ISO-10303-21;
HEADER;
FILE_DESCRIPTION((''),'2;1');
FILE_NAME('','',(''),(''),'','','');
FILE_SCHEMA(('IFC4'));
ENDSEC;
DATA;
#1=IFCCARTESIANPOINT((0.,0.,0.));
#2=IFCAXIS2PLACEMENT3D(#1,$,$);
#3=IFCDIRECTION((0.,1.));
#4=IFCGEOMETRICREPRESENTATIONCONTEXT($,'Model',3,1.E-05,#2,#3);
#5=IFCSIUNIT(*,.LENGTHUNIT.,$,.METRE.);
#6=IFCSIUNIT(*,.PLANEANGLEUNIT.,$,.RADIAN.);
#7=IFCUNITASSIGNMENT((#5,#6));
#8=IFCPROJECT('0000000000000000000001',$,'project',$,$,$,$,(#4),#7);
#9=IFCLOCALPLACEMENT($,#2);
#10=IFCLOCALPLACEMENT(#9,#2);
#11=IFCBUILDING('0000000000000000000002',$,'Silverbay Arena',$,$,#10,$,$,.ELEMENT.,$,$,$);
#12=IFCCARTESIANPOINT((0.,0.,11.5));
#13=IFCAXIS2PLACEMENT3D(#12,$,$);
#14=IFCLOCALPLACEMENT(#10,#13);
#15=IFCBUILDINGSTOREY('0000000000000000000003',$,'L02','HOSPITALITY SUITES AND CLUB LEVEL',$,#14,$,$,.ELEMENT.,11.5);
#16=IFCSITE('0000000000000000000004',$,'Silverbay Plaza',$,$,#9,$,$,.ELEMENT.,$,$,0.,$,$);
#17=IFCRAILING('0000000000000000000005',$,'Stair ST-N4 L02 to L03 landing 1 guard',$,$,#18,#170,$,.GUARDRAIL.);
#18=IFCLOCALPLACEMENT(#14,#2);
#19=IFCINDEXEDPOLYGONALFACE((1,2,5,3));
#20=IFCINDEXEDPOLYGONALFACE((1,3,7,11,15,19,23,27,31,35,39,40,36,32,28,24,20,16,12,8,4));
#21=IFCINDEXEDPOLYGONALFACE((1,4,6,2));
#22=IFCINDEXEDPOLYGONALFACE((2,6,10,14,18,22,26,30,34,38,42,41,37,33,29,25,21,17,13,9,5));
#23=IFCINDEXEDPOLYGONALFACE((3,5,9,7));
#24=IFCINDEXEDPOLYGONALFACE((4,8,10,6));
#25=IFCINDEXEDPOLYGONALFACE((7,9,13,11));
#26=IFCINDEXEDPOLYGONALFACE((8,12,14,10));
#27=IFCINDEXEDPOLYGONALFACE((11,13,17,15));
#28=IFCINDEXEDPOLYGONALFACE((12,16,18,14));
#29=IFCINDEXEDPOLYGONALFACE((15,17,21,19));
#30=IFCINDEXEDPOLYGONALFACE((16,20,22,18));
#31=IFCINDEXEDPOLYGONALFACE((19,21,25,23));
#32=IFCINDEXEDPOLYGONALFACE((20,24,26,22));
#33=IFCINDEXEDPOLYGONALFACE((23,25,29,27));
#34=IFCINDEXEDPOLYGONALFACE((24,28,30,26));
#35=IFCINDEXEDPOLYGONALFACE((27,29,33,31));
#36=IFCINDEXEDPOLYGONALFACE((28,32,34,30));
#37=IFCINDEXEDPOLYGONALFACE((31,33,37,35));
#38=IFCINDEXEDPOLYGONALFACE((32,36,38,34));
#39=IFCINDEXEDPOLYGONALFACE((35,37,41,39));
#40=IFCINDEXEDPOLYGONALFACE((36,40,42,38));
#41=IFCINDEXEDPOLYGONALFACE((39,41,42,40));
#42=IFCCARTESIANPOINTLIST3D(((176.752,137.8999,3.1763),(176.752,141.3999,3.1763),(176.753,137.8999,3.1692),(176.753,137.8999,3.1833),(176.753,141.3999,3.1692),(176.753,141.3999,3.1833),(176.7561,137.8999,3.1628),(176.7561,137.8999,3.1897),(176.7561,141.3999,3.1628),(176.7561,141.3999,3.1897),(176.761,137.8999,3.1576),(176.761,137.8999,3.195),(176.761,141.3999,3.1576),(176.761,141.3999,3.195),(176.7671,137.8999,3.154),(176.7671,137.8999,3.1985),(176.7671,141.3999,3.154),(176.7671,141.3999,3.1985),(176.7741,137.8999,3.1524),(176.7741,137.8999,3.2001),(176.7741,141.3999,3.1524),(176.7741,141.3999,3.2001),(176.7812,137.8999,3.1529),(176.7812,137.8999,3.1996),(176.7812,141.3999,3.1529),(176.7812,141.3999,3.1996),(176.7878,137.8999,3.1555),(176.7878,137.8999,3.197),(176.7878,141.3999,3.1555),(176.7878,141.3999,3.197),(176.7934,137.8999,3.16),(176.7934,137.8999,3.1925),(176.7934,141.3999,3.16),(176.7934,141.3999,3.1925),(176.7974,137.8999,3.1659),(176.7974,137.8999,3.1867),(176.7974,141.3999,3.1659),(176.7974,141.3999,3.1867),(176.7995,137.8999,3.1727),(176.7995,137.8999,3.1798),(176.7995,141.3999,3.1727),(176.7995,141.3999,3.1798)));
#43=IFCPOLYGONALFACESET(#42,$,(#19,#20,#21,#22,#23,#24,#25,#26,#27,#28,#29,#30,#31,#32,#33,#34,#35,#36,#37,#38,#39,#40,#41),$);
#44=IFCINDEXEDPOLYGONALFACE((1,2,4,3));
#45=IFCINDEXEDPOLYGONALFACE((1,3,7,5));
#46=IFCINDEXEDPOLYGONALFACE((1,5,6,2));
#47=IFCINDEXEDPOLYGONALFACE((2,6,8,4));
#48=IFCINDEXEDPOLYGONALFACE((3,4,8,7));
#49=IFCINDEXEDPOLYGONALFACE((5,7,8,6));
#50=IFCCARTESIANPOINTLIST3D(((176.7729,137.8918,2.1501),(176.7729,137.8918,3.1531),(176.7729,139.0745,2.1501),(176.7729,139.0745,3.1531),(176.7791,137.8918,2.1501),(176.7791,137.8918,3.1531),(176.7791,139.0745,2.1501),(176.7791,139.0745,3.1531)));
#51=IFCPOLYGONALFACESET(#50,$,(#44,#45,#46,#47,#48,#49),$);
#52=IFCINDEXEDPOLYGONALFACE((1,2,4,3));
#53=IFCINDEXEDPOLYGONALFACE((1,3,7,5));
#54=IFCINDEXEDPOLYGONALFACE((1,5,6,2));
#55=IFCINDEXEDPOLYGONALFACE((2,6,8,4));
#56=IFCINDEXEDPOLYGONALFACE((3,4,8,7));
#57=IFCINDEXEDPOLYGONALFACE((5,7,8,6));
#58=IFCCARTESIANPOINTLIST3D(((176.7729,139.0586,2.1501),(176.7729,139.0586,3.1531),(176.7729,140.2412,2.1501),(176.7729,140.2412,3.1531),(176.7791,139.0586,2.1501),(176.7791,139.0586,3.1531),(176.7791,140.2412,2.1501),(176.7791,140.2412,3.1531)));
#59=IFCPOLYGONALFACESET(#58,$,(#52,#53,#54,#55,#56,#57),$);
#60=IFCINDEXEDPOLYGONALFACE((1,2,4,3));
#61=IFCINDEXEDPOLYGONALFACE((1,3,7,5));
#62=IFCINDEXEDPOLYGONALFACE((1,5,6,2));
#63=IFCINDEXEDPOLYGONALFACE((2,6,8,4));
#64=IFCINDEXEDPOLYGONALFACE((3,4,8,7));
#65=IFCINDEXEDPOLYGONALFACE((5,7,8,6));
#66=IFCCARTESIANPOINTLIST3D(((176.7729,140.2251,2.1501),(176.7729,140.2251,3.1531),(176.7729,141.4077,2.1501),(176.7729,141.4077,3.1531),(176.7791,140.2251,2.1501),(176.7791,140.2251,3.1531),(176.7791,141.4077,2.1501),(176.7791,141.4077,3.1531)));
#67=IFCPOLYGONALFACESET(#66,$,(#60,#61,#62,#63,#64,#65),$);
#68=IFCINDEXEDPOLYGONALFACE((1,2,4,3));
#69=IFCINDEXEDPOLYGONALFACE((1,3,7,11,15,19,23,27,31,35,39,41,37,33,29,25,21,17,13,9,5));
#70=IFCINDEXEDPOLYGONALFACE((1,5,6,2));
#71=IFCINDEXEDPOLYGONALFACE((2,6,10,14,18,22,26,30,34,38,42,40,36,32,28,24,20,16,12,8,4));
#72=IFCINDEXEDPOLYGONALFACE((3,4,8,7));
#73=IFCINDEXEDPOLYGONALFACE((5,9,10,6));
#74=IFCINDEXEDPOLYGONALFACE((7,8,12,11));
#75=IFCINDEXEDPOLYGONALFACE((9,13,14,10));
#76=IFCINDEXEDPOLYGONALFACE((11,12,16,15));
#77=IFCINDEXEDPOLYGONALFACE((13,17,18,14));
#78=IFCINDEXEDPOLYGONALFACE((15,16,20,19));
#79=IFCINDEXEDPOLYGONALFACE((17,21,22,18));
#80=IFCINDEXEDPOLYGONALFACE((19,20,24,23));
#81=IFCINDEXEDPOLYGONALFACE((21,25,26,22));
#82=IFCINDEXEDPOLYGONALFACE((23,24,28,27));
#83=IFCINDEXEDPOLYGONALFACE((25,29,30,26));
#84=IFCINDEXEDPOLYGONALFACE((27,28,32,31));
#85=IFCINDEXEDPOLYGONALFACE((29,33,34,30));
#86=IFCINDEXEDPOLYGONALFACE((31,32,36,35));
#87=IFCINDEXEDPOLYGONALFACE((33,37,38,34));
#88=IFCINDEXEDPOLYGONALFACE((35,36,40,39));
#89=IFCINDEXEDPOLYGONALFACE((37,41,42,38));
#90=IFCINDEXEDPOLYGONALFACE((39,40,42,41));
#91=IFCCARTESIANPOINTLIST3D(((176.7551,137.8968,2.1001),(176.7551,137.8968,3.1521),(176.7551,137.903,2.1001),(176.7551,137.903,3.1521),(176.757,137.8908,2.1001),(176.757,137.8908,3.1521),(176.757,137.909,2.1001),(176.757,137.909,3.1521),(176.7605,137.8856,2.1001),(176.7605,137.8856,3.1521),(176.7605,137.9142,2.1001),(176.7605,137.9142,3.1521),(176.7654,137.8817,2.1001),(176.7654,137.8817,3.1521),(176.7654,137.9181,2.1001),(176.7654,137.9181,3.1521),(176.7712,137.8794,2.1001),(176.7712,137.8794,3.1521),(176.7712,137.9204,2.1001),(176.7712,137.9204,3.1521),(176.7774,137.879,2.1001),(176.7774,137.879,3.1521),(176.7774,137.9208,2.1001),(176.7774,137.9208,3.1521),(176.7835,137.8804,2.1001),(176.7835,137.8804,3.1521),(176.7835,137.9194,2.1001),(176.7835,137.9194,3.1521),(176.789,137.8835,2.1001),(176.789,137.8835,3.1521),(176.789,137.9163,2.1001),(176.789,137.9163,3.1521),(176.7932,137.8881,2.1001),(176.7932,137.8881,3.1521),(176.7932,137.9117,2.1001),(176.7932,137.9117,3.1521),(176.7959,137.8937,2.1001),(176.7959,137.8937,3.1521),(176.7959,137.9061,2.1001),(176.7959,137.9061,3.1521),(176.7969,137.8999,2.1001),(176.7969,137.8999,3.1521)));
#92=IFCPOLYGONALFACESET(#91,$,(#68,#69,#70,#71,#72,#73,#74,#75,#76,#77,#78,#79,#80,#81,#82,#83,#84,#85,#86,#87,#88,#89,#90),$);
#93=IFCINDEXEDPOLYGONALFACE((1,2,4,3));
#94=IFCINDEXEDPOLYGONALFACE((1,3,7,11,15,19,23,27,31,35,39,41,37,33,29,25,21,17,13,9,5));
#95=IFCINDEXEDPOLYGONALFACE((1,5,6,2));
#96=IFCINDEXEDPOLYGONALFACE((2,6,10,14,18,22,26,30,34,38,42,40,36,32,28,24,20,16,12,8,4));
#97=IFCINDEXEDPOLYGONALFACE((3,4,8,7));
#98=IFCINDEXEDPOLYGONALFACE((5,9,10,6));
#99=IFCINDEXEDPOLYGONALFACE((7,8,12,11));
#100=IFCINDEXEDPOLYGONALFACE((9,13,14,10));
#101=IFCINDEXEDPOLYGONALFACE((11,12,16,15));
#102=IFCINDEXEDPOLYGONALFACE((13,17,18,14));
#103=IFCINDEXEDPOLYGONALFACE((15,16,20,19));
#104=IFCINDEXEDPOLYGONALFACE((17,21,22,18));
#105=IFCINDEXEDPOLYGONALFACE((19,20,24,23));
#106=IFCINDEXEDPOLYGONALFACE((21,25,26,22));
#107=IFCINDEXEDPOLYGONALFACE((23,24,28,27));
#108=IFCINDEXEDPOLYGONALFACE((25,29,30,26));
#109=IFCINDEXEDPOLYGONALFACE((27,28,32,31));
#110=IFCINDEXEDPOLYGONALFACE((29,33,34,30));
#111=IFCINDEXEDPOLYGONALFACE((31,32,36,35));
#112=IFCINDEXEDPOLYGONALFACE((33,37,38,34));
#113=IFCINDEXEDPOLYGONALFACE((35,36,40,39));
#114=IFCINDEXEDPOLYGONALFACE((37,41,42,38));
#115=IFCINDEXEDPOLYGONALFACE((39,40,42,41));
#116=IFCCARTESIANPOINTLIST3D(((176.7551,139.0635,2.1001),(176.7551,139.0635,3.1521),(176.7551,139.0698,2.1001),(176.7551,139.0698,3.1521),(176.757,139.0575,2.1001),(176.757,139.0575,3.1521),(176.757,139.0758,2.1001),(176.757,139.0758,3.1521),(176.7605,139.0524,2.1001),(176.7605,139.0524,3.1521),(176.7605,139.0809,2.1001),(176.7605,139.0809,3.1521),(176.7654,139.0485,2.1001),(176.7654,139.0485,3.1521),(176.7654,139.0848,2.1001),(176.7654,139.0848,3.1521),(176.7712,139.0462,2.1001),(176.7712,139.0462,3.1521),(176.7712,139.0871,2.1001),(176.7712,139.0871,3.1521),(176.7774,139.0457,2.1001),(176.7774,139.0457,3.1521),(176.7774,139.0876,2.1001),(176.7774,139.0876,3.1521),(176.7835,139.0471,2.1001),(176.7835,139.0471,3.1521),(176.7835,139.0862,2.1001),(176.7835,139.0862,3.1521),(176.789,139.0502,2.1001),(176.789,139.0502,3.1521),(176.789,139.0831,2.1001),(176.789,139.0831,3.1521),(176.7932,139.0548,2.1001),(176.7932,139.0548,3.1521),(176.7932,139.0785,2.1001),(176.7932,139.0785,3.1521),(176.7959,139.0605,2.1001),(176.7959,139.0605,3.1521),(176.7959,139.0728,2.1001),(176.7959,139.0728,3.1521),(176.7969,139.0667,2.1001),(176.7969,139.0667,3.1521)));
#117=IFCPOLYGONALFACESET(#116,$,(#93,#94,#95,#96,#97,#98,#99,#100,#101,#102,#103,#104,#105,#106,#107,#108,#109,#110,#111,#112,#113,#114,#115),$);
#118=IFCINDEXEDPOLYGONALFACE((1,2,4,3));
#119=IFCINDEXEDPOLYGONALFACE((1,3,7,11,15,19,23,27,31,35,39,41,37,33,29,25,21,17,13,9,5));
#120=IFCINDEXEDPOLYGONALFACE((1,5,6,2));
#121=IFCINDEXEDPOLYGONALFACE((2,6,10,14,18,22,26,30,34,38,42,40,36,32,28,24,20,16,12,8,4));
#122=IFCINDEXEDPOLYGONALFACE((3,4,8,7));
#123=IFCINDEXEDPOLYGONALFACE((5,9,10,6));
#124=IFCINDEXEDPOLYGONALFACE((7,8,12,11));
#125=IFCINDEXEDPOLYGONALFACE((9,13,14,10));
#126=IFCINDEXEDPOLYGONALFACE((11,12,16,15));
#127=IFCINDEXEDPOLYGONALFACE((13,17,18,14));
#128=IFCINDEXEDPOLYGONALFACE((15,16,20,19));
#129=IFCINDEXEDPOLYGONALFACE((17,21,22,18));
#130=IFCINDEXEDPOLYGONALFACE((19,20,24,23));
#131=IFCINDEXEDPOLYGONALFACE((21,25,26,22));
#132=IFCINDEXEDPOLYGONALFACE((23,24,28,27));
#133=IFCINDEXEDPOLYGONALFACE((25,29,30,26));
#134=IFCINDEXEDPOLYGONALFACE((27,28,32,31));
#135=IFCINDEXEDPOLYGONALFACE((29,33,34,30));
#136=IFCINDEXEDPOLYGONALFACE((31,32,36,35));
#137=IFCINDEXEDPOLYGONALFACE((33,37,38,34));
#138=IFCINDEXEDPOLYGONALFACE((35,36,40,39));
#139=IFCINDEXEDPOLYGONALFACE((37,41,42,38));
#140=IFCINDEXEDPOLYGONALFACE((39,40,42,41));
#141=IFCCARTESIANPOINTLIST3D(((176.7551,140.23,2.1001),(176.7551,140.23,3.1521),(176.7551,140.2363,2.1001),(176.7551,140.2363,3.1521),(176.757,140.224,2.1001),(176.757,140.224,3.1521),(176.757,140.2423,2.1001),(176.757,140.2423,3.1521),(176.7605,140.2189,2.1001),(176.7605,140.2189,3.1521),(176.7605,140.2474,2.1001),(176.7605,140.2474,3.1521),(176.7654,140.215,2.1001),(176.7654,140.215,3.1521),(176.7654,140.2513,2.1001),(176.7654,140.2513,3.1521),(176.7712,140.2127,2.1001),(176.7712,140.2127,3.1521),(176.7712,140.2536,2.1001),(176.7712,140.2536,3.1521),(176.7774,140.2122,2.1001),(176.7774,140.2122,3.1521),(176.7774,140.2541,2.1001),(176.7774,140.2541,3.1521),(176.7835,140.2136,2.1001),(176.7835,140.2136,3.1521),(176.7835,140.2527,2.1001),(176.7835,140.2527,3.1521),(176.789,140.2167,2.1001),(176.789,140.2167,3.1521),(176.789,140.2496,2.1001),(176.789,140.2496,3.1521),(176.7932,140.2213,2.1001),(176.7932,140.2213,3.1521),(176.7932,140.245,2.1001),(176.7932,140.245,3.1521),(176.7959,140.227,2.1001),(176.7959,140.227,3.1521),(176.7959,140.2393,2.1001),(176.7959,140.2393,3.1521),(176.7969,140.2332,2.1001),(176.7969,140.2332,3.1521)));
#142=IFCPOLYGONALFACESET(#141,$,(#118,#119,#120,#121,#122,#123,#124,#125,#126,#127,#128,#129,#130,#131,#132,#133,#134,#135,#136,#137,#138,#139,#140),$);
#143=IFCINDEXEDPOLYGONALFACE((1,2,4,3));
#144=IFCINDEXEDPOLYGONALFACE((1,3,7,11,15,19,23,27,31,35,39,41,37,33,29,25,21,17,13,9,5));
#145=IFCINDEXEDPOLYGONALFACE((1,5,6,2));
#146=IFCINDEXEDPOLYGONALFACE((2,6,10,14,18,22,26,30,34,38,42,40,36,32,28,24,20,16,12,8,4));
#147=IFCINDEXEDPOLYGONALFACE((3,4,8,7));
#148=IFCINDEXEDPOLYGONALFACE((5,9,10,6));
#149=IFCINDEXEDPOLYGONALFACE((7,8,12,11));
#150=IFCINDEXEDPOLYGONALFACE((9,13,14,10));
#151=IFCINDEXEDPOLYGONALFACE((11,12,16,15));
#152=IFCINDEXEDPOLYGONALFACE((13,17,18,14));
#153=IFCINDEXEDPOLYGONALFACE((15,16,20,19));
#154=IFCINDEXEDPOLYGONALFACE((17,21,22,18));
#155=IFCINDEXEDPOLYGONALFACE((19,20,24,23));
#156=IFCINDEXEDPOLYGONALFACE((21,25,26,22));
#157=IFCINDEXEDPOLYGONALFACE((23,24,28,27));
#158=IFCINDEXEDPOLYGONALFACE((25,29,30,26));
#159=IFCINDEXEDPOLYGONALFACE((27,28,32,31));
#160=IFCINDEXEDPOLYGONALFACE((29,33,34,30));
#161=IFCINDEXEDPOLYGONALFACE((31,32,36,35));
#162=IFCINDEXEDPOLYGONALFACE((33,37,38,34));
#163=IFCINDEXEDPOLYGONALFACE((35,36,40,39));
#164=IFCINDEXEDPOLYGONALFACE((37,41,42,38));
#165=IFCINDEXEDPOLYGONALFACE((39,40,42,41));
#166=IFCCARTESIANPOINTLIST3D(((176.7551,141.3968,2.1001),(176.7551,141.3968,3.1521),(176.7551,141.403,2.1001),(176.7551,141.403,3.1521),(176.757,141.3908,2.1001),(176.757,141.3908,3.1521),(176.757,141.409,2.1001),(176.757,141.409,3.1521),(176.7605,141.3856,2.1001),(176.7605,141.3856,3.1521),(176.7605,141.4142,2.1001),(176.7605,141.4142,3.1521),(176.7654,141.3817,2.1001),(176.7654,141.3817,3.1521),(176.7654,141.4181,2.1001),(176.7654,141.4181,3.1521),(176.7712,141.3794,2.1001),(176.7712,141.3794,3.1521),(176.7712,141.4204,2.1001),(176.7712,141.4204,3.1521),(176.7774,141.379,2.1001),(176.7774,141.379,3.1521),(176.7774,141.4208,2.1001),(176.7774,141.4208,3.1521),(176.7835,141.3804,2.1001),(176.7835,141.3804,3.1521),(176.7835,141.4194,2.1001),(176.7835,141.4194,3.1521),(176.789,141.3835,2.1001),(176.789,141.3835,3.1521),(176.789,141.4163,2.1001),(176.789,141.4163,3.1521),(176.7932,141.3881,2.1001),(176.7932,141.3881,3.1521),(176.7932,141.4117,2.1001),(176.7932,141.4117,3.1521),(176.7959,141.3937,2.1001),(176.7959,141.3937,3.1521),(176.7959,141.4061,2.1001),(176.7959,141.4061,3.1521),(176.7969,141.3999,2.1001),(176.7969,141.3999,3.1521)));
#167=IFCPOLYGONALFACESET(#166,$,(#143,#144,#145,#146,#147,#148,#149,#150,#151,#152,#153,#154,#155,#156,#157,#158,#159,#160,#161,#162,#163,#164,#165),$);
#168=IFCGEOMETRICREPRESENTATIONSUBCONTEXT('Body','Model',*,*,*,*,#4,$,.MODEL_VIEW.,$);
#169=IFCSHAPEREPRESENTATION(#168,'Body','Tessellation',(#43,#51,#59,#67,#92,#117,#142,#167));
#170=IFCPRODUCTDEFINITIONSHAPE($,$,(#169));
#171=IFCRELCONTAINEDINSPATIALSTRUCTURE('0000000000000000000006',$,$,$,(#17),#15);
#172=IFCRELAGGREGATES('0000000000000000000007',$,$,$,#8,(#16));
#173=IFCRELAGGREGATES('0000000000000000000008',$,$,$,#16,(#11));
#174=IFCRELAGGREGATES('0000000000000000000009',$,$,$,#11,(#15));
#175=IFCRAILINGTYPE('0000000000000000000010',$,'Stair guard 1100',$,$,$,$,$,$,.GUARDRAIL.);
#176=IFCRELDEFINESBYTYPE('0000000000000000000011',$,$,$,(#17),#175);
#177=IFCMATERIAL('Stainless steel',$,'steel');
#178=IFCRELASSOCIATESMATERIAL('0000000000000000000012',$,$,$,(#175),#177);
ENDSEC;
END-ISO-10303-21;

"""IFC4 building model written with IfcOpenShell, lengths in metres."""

from ifc_helpers import new_model, si_unit, direction, frame, origin, origin_2d, place, context, subcontext, project, spatial, polyline, circle, outline, extrude, material, type_object, element, save


model = new_model("IFC4")

# Units and contexts
model_context = context("Model", 3, precision=1e-05, world=origin(), true_north=direction((0.0, 1.0)))
body_context = subcontext(model_context, "Body", "Model", "MODEL_VIEW")
ifc_project = project(units=[si_unit("LENGTHUNIT", "METRE"), si_unit("PLANEANGLEUNIT", "RADIAN")], contexts=[model_context])

# Site, building, storey
site_placement = place(None, origin())
site = spatial("IfcSite", under=ifc_project, at=site_placement, Name="Silverbay Plaza", CompositionType="ELEMENT", RefElevation=0.0)
building_placement = place(site_placement, origin())
building = spatial("IfcBuilding", under=site, at=building_placement, Name="Silverbay Arena", CompositionType="ELEMENT")
storey_placement = place(building_placement, frame((0.0, 0.0, 11.5)))
storey = spatial("IfcBuildingStorey", under=building, at=storey_placement, Name="L02", Description="HOSPITALITY SUITES AND CLUB LEVEL", CompositionType="ELEMENT", Elevation=11.5)

# Railing
ifc_material_1 = material(Name="Stainless steel", Category="steel")
railing_type_1 = type_object("IfcRailingType", Name="Stair guard 1100", PredefinedType="GUARDRAIL", material=ifc_material_1)
for number, where, name in (
    (1, (176.7759, 137.8999, 2.1001), "Stair ST-N4 L02 to L03 landing 1 guard"),
):
    element("IfcRailing", number, at=place(storey_placement, frame(where)), inside=storey, type_object=railing_type_1, Name=name, PredefinedType="GUARDRAIL", context=body_context, shape_type="SweptSolid", body=[
        extrude(circle(Radius=0.0239, at=origin_2d()), frame((0.0, 0.0, 1.0762), z_axis=(0.0, 1.0, 0.0), x_axis=(-1.0, 0.0, 0.0)), (0.0, 0.0, 1.0), 3.5),
        extrude(outline(polyline([(-0.0081, 0.05), (1.1746, 0.05), (1.1746, 1.053), (-0.0081, 1.053), (-0.0081, 0.05)])), frame((-0.0029, 0.0, 0.0), z_axis=(1.0, 0.0, 0.0), x_axis=(0.0, 1.0, 0.0)), (0.0, 0.0, 1.0), 0.0061),
        extrude(outline(polyline([(-0.0081, 0.05), (1.1746, 0.05), (1.1746, 1.053), (-0.0081, 1.053), (-0.0081, 0.05)])), frame((-0.0029, 1.1667, 0.0), z_axis=(1.0, 0.0, 0.0), x_axis=(0.0, 1.0, 0.0)), (0.0, 0.0, 1.0), 0.0061),
        extrude(outline(polyline([(-0.0081, 0.05), (1.1746, 0.05), (1.1746, 1.053), (-0.0081, 1.053), (-0.0081, 0.05)])), frame((-0.0029, 2.3333, 0.0), z_axis=(1.0, 0.0, 0.0), x_axis=(0.0, 1.0, 0.0)), (0.0, 0.0, 1.0), 0.0061),
        extrude(circle(Radius=0.021, at=origin_2d()), origin(), (0.0, 0.0, 1.0), 1.052),
        extrude(circle(Radius=0.021, at=origin_2d()), frame((0.0, 1.1667, 0.0)), (0.0, 0.0, 1.0), 1.052),
        extrude(circle(Radius=0.021, at=origin_2d()), frame((0.0, 2.3333, 0.0)), (0.0, 0.0, 1.0), 1.052),
        extrude(circle(Radius=0.021, at=origin_2d()), frame((0.0, 3.5, 0.0)), (0.0, 0.0, 1.0), 1.052),
    ])

save(model, "model.ifc")
